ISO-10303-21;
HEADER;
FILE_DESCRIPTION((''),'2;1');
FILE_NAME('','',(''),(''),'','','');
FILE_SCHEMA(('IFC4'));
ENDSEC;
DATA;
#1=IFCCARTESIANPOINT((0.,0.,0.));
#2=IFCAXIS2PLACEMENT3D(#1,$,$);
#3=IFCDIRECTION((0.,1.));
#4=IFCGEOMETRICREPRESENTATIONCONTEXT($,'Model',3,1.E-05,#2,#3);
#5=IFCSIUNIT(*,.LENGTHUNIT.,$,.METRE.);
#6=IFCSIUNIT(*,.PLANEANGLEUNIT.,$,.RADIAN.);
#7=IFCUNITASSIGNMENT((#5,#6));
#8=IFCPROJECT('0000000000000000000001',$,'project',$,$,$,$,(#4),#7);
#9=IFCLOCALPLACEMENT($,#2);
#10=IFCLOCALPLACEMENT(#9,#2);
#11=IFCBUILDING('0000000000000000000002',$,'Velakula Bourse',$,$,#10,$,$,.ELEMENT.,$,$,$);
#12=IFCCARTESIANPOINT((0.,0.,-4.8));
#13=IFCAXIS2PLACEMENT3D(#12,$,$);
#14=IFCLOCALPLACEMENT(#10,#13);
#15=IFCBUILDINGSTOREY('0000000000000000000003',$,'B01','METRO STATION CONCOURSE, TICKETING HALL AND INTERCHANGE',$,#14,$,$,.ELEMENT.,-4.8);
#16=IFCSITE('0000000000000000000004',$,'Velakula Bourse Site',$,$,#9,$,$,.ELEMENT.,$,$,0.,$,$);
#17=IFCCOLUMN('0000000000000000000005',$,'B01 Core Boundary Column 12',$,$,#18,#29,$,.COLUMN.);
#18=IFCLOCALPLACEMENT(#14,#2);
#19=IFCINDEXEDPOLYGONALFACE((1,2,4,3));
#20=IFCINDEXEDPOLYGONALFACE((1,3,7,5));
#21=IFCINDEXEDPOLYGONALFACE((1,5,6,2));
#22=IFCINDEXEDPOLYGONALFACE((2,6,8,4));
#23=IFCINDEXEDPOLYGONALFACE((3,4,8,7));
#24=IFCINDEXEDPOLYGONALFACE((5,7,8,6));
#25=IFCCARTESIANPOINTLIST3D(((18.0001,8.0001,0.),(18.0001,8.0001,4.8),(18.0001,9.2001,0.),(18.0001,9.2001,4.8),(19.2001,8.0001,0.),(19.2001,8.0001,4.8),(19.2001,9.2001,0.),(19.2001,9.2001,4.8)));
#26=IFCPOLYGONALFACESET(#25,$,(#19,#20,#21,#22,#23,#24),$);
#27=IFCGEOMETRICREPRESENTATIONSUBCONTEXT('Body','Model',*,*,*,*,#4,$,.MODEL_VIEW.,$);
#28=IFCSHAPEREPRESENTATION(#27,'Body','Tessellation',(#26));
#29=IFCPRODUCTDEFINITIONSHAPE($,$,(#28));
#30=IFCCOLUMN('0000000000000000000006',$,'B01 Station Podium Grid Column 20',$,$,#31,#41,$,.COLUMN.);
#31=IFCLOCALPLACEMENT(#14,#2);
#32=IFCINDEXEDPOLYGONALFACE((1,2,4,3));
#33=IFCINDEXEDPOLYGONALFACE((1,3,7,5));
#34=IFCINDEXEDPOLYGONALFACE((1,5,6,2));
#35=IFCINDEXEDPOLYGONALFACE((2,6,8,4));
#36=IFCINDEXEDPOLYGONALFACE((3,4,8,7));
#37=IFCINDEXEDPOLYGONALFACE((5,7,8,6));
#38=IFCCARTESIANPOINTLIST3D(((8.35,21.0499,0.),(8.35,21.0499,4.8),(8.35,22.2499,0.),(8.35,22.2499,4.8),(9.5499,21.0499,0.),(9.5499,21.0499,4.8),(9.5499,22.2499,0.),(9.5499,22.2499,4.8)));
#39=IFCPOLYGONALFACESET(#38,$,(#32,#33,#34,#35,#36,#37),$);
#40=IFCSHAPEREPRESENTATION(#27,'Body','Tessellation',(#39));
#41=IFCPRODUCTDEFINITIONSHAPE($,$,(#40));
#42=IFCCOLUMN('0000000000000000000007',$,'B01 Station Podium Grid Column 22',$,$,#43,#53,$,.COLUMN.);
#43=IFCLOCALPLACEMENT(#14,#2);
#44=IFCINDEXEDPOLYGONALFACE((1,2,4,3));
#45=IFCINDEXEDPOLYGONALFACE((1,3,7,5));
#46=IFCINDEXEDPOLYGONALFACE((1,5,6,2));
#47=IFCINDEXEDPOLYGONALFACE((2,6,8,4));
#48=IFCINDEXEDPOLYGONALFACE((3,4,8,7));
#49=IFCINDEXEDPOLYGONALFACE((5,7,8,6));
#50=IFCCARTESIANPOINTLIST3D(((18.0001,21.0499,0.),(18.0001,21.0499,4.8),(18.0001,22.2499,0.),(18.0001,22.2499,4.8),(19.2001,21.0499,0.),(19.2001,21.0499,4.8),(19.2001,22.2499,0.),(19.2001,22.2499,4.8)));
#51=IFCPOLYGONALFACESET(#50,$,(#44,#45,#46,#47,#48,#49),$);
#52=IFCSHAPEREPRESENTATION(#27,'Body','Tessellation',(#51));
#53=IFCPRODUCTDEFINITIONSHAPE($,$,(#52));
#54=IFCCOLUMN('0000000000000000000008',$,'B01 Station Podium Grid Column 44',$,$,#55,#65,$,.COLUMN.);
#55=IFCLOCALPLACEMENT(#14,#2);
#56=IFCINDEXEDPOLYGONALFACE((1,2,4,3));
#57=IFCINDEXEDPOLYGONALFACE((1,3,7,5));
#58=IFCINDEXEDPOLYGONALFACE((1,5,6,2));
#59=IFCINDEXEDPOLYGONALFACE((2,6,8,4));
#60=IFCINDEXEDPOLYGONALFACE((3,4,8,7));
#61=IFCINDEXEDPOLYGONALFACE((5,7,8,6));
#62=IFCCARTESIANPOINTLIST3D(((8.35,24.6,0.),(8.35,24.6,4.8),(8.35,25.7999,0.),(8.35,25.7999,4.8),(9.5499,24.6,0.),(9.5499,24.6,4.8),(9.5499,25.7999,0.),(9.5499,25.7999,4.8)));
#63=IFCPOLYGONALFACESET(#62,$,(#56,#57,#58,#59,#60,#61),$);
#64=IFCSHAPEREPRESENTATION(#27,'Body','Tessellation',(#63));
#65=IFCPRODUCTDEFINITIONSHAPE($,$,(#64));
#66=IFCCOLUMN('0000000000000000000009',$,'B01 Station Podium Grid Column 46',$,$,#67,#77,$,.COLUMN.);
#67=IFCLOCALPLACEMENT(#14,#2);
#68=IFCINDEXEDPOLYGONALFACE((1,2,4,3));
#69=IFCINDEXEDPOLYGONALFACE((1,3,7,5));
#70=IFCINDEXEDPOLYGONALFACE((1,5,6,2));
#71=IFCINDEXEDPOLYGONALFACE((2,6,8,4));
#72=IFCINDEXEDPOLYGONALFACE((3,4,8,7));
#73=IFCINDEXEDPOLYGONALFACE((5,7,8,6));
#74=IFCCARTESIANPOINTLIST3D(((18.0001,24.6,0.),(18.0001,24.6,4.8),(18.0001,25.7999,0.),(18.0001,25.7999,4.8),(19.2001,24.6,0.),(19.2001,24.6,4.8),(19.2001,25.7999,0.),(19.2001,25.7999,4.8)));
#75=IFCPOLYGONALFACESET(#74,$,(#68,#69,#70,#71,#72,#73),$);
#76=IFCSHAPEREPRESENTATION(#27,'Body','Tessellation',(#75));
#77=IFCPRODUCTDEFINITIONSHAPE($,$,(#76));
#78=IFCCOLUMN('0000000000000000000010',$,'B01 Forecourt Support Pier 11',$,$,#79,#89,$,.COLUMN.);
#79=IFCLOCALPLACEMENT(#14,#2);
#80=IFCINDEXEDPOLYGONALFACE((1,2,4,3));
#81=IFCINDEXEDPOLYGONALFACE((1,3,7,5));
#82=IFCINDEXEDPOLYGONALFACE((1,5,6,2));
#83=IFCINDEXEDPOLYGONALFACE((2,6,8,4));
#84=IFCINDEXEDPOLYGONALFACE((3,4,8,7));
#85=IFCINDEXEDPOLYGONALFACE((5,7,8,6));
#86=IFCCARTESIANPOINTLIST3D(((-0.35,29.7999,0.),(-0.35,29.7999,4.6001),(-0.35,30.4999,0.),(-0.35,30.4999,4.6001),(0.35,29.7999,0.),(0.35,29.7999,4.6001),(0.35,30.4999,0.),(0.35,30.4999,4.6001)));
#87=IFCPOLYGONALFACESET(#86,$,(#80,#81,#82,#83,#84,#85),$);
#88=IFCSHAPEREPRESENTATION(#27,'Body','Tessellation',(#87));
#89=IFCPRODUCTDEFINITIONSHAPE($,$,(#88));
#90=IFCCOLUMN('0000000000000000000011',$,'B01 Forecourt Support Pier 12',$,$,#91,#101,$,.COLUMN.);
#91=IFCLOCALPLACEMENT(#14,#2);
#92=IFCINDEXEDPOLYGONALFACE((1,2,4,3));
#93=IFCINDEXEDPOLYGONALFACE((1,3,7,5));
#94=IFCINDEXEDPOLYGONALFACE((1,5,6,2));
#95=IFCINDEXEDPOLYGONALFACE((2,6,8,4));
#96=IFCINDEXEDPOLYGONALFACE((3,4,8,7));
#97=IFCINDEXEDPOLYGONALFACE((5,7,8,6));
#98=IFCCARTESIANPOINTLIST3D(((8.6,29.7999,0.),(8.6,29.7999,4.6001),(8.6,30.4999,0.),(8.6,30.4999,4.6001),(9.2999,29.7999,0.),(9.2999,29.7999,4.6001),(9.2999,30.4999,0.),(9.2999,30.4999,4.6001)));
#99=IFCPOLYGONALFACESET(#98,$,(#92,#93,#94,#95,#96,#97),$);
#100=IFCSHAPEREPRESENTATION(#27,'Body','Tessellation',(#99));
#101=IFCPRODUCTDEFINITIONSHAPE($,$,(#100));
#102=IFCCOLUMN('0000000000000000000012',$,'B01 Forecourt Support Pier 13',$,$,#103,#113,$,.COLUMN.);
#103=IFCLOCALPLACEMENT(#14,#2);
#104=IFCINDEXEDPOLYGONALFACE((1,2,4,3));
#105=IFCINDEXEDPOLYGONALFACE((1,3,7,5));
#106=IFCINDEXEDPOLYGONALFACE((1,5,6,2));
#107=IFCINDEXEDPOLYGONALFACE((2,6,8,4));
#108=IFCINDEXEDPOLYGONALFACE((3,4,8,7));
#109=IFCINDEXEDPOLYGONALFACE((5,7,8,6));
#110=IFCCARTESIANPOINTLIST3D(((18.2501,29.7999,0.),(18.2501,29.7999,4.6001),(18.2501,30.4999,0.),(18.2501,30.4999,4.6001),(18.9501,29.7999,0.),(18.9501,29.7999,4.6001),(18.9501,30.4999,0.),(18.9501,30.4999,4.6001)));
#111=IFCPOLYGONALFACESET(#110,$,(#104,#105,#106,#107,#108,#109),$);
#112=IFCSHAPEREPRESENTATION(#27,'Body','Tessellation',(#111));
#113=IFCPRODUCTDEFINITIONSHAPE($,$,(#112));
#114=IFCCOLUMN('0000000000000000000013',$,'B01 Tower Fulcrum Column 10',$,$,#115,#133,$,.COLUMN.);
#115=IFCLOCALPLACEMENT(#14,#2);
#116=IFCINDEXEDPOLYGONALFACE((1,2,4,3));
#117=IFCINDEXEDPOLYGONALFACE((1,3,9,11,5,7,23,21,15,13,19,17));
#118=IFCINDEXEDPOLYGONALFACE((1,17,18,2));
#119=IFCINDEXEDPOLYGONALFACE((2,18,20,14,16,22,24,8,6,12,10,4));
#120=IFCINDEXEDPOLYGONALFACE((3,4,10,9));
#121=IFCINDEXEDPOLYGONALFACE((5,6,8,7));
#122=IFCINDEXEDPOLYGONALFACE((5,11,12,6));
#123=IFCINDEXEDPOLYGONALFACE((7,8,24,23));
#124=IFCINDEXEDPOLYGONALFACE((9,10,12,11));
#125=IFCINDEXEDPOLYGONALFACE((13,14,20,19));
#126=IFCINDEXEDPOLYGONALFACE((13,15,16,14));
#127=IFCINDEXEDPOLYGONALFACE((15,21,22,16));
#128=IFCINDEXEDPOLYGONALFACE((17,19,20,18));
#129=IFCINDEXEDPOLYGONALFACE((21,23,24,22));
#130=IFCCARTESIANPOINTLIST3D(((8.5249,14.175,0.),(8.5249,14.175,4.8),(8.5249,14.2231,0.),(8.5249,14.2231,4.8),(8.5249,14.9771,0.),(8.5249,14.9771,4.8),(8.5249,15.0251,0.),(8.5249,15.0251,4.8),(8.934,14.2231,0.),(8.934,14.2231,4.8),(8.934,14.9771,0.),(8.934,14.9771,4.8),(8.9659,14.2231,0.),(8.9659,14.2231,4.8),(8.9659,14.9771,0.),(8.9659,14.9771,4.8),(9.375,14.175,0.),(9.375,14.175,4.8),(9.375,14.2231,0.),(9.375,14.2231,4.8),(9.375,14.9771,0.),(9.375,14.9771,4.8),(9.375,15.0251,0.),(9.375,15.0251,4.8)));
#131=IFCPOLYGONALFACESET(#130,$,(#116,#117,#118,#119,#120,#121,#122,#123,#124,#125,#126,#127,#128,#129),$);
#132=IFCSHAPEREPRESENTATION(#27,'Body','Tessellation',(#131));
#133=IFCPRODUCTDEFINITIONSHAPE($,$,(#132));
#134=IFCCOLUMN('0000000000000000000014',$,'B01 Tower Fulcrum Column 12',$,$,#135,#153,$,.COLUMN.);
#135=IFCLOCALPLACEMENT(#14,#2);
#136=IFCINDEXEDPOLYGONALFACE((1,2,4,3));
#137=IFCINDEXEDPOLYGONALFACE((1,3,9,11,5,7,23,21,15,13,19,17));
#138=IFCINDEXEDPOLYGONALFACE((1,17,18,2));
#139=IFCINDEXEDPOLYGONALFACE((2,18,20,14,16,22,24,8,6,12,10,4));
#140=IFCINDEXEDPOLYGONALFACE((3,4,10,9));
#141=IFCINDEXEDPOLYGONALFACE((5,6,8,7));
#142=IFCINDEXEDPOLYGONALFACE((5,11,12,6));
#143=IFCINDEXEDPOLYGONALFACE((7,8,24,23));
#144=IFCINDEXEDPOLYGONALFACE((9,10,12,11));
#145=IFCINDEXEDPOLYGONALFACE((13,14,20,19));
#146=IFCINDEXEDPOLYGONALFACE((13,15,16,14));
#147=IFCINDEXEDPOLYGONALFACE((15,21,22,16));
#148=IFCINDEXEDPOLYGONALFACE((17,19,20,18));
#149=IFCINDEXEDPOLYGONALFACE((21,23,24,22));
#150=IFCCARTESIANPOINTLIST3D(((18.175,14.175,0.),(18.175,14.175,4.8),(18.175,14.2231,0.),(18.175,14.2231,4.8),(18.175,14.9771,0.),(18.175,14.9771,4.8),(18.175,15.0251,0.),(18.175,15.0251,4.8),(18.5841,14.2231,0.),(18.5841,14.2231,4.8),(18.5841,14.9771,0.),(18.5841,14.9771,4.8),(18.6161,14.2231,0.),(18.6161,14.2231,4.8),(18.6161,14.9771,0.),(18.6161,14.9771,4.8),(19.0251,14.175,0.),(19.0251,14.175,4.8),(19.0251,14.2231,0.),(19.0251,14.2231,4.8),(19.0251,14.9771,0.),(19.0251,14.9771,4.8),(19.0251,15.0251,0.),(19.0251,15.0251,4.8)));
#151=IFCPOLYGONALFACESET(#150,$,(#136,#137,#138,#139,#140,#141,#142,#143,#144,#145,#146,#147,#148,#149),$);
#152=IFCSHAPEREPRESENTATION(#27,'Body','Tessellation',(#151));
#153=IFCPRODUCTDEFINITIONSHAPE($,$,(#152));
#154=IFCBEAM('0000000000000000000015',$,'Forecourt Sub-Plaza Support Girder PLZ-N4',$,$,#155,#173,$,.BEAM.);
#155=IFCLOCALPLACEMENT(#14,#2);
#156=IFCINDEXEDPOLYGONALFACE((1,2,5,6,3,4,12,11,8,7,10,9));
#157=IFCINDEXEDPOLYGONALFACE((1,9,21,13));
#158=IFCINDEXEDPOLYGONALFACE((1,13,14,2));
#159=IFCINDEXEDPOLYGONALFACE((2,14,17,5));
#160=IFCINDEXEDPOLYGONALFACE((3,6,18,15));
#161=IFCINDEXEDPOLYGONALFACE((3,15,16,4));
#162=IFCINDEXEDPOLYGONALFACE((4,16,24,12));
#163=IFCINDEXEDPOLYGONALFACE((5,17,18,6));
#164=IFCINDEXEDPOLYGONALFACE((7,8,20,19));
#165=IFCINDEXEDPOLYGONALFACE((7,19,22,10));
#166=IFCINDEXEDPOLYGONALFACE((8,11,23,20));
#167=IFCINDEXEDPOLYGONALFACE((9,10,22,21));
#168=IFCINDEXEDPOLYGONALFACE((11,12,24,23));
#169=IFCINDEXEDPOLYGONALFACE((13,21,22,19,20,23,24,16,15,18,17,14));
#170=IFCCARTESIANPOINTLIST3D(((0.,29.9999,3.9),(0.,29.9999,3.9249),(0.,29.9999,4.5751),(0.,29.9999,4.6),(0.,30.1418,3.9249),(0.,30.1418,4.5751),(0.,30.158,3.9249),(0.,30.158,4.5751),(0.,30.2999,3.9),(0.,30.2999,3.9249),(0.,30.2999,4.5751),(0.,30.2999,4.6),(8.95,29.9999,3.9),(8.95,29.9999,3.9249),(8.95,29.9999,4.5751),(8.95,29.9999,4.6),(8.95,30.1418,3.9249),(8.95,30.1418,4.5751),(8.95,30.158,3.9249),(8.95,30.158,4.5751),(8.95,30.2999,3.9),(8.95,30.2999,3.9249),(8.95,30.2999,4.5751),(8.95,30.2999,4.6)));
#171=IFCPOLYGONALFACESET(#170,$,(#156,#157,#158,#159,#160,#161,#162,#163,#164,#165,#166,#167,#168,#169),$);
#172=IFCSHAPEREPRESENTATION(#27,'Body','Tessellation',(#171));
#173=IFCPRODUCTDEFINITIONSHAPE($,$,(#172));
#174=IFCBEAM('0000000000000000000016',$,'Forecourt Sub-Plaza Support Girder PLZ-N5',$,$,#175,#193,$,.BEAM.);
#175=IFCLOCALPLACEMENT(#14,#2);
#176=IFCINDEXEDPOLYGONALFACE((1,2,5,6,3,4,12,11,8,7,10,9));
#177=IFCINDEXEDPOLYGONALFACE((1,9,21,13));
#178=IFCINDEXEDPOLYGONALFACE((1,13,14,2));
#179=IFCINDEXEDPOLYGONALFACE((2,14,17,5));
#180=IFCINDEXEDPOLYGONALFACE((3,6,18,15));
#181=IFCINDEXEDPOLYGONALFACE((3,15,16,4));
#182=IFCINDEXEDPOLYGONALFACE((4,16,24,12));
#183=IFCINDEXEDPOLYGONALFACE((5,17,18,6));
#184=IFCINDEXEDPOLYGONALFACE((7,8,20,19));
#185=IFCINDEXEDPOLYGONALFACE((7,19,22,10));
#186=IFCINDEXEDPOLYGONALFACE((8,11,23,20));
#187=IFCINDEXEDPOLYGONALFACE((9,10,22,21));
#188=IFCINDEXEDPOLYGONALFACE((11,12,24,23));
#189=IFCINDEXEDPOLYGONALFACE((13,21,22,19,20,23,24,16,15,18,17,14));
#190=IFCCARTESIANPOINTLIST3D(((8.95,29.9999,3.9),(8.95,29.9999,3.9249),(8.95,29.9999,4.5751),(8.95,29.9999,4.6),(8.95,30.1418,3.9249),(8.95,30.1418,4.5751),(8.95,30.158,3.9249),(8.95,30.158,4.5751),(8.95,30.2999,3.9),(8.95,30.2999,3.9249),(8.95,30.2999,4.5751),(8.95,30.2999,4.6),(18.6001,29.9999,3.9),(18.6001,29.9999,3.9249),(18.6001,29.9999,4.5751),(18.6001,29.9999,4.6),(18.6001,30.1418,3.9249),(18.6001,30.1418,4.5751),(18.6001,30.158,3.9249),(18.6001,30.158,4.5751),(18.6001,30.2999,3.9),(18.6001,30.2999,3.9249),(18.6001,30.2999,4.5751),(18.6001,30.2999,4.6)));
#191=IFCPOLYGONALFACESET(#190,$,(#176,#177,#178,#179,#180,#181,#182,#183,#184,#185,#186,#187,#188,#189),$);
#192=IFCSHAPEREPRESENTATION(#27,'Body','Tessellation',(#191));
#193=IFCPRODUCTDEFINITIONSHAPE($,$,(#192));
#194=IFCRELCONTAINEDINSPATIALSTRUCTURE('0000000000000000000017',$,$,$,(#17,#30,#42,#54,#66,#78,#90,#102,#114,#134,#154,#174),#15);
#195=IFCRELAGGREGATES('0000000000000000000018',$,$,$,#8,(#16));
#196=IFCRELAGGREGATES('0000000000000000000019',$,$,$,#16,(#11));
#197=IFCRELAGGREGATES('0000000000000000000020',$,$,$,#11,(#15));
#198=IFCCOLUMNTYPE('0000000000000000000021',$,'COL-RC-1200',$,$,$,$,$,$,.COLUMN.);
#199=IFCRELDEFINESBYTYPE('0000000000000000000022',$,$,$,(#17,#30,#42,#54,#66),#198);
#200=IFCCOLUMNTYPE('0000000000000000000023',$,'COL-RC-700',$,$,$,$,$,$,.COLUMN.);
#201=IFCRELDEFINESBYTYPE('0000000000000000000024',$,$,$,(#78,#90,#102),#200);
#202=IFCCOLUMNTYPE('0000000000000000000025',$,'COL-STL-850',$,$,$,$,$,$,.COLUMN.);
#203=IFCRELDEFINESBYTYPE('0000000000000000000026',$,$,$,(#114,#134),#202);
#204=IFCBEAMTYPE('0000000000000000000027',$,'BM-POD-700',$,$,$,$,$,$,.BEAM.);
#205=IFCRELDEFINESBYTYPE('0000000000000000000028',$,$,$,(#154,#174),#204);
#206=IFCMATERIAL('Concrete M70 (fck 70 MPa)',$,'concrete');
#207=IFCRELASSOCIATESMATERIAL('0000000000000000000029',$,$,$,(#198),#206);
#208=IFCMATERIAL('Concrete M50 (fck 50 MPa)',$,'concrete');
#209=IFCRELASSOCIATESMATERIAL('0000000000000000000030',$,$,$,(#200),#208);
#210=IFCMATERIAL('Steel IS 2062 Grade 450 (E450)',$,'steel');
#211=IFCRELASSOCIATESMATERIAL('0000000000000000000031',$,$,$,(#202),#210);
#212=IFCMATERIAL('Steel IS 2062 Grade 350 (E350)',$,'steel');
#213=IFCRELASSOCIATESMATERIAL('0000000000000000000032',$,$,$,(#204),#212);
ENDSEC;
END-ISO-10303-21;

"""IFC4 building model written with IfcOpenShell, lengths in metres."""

from ifc_helpers import new_model, si_unit, direction, frame, origin, origin_2d, place, context, subcontext, project, spatial, rectangle, i_section, extrude, material, material_profile, profile_set, type_object, element, save


model = new_model("IFC4")

# Units and contexts
model_context = context("Model", 3, precision=1e-05, world=origin(), true_north=direction((0.0, 1.0)))
body_context = subcontext(model_context, "Body", "Model", "MODEL_VIEW")
ifc_project = project(units=[si_unit("LENGTHUNIT", "METRE"), si_unit("PLANEANGLEUNIT", "RADIAN")], contexts=[model_context])

# Site, building, storey
site_placement = place(None, origin())
site = spatial("IfcSite", under=ifc_project, at=site_placement, Name="Velakula Bourse Site", CompositionType="ELEMENT", RefElevation=0.0)
building_placement = place(site_placement, origin())
building = spatial("IfcBuilding", under=site, at=building_placement, Name="Velakula Bourse", CompositionType="ELEMENT")
storey_placement = place(building_placement, frame((0.0, 0.0, -4.8)))
storey = spatial("IfcBuildingStorey", under=building, at=storey_placement, Name="B01", Description="METRO STATION CONCOURSE, TICKETING HALL AND INTERCHANGE", CompositionType="ELEMENT", Elevation=-4.8)

# Columns
ifc_material_1 = material(Name="Concrete M70 (fck 70 MPa)", Category="concrete")
ifc_material_profile_1 = material_profile(ifc_material_1, rectangle(XDim=1.2, YDim=1.2, at=origin_2d()), Name="Concrete M70 (fck 70 MPa)")
ifc_profile_set_1 = profile_set([ifc_material_profile_1], Name="Concrete M70 (fck 70 MPa)")
column_type_1 = type_object("IfcColumnType", Name="COL-RC-1200", PredefinedType="COLUMN", material=ifc_profile_set_1)
for number, where, z_axis, x_axis, name in (
    (1, (18.6001, 8.6001, 0.0), (0.0, 0.0, 1.0), (1.0, 0.0, 0.0), "B01 Core Boundary Column 12"),
    (2, (8.95, 21.6499, 0.0), (0.0, 0.0, 1.0), (1.0, 0.0, 0.0), "B01 Station Podium Grid Column 20"),
    (3, (18.6001, 21.6499, 0.0), (0.0, 0.0, 1.0), (1.0, 0.0, 0.0), "B01 Station Podium Grid Column 22"),
    (4, (8.95, 25.2, 0.0), (0.0, 0.0, 1.0), (1.0, 0.0, 0.0), "B01 Station Podium Grid Column 44"),
    (5, (18.6001, 25.2, 0.0), (0.0, 0.0, 1.0), (1.0, 0.0, 0.0), "B01 Station Podium Grid Column 46"),
):
    element("IfcColumn", number, at=place(storey_placement, frame(where, z_axis=z_axis, x_axis=x_axis)), inside=storey, type_object=column_type_1, Name=name, PredefinedType="COLUMN", context=body_context, shape_type="SweptSolid", body=[
        extrude(rectangle(XDim=1.2, YDim=1.2, at=origin_2d()), origin(), (0.0, 0.0, 1.0), 4.8),
    ])
ifc_material_2 = material(Name="Concrete M50 (fck 50 MPa)", Category="concrete")
ifc_material_profile_2 = material_profile(ifc_material_2, rectangle(XDim=0.7, YDim=0.7, at=origin_2d()), Name="Concrete M50 (fck 50 MPa)")
ifc_profile_set_2 = profile_set([ifc_material_profile_2], Name="Concrete M50 (fck 50 MPa)")
column_type_2 = type_object("IfcColumnType", Name="COL-RC-700", PredefinedType="COLUMN", material=ifc_profile_set_2)
for number, where, z_axis, x_axis, name in (
    (6, (0.0, 30.1499, 0.0), (0.0, 0.0, 1.0), (1.0, 0.0, 0.0), "B01 Forecourt Support Pier 11"),
    (7, (8.95, 30.1499, 0.0), (0.0, 0.0, 1.0), (1.0, 0.0, 0.0), "B01 Forecourt Support Pier 12"),
    (8, (18.6001, 30.1499, 0.0), (0.0, 0.0, 1.0), (1.0, 0.0, 0.0), "B01 Forecourt Support Pier 13"),
):
    element("IfcColumn", number, at=place(storey_placement, frame(where, z_axis=z_axis, x_axis=x_axis)), inside=storey, type_object=column_type_2, Name=name, PredefinedType="COLUMN", context=body_context, shape_type="SweptSolid", body=[
        extrude(rectangle(XDim=0.7, YDim=0.7, at=origin_2d()), origin(), (0.0, 0.0, 1.0), 4.6001),
    ])
ifc_material_3 = material(Name="Steel IS 2062 Grade 450 (E450)", Category="steel")
ifc_material_profile_3 = material_profile(ifc_material_3, i_section(OverallWidth=0.8501, OverallDepth=0.8501, WebThickness=0.032, FlangeThickness=0.0481, at=origin_2d()), Name="Steel IS 2062 Grade 450 (E450)")
ifc_profile_set_3 = profile_set([ifc_material_profile_3], Name="Steel IS 2062 Grade 450 (E450)")
column_type_3 = type_object("IfcColumnType", Name="COL-STL-850", PredefinedType="COLUMN", material=ifc_profile_set_3)
for number, where, z_axis, x_axis, name in (
    (9, (8.95, 14.6001, 0.0), (0.0, 0.0, 1.0), (1.0, 0.0, 0.0), "B01 Tower Fulcrum Column 10"),
    (10, (18.6001, 14.6001, 0.0), (0.0, 0.0, 1.0), (1.0, 0.0, 0.0), "B01 Tower Fulcrum Column 12"),
):
    element("IfcColumn", number, at=place(storey_placement, frame(where, z_axis=z_axis, x_axis=x_axis)), inside=storey, type_object=column_type_3, Name=name, PredefinedType="COLUMN", context=body_context, shape_type="SweptSolid", body=[
        extrude(i_section(OverallWidth=0.8501, OverallDepth=0.8501, WebThickness=0.032, FlangeThickness=0.0481, at=origin_2d()), origin(), (0.0, 0.0, 1.0), 4.8),
    ])

# Beams
ifc_material_4 = material(Name="Steel IS 2062 Grade 350 (E350)", Category="steel")
ifc_material_profile_4 = material_profile(ifc_material_4, i_section(OverallWidth=0.3, OverallDepth=0.7, WebThickness=0.0161, FlangeThickness=0.0249, at=origin_2d()), Name="Steel IS 2062 Grade 350 (E350)")
ifc_profile_set_4 = profile_set([ifc_material_profile_4], Name="Steel IS 2062 Grade 350 (E350)")
beam_type_1 = type_object("IfcBeamType", Name="BM-POD-700", PredefinedType="BEAM", material=ifc_profile_set_4)
beam_1_placement = place(storey_placement, frame((0.0, 30.1499, 4.25), z_axis=(1.0, 0.0, 0.0), x_axis=(0.0, 1.0, 0.0)))
element("IfcBeam", 11, at=beam_1_placement, inside=storey, type_object=beam_type_1, Name="Forecourt Sub-Plaza Support Girder PLZ-N4", PredefinedType="BEAM", context=body_context, shape_type="SweptSolid", body=[
    extrude(i_section(OverallWidth=0.3, OverallDepth=0.7, WebThickness=0.0161, FlangeThickness=0.0249, at=origin_2d()), origin(), (0.0, 0.0, 1.0), 8.95),
])
beam_2_placement = place(storey_placement, frame((8.95, 30.1499, 4.25), z_axis=(1.0, 0.0, 0.0), x_axis=(0.0, 1.0, 0.0)))
element("IfcBeam", 12, at=beam_2_placement, inside=storey, type_object=beam_type_1, Name="Forecourt Sub-Plaza Support Girder PLZ-N5", PredefinedType="BEAM", context=body_context, shape_type="SweptSolid", body=[
    extrude(i_section(OverallWidth=0.3, OverallDepth=0.7, WebThickness=0.0161, FlangeThickness=0.0249, at=origin_2d()), origin(), (0.0, 0.0, 1.0), 9.6501),
])

save(model, "model.ifc")
